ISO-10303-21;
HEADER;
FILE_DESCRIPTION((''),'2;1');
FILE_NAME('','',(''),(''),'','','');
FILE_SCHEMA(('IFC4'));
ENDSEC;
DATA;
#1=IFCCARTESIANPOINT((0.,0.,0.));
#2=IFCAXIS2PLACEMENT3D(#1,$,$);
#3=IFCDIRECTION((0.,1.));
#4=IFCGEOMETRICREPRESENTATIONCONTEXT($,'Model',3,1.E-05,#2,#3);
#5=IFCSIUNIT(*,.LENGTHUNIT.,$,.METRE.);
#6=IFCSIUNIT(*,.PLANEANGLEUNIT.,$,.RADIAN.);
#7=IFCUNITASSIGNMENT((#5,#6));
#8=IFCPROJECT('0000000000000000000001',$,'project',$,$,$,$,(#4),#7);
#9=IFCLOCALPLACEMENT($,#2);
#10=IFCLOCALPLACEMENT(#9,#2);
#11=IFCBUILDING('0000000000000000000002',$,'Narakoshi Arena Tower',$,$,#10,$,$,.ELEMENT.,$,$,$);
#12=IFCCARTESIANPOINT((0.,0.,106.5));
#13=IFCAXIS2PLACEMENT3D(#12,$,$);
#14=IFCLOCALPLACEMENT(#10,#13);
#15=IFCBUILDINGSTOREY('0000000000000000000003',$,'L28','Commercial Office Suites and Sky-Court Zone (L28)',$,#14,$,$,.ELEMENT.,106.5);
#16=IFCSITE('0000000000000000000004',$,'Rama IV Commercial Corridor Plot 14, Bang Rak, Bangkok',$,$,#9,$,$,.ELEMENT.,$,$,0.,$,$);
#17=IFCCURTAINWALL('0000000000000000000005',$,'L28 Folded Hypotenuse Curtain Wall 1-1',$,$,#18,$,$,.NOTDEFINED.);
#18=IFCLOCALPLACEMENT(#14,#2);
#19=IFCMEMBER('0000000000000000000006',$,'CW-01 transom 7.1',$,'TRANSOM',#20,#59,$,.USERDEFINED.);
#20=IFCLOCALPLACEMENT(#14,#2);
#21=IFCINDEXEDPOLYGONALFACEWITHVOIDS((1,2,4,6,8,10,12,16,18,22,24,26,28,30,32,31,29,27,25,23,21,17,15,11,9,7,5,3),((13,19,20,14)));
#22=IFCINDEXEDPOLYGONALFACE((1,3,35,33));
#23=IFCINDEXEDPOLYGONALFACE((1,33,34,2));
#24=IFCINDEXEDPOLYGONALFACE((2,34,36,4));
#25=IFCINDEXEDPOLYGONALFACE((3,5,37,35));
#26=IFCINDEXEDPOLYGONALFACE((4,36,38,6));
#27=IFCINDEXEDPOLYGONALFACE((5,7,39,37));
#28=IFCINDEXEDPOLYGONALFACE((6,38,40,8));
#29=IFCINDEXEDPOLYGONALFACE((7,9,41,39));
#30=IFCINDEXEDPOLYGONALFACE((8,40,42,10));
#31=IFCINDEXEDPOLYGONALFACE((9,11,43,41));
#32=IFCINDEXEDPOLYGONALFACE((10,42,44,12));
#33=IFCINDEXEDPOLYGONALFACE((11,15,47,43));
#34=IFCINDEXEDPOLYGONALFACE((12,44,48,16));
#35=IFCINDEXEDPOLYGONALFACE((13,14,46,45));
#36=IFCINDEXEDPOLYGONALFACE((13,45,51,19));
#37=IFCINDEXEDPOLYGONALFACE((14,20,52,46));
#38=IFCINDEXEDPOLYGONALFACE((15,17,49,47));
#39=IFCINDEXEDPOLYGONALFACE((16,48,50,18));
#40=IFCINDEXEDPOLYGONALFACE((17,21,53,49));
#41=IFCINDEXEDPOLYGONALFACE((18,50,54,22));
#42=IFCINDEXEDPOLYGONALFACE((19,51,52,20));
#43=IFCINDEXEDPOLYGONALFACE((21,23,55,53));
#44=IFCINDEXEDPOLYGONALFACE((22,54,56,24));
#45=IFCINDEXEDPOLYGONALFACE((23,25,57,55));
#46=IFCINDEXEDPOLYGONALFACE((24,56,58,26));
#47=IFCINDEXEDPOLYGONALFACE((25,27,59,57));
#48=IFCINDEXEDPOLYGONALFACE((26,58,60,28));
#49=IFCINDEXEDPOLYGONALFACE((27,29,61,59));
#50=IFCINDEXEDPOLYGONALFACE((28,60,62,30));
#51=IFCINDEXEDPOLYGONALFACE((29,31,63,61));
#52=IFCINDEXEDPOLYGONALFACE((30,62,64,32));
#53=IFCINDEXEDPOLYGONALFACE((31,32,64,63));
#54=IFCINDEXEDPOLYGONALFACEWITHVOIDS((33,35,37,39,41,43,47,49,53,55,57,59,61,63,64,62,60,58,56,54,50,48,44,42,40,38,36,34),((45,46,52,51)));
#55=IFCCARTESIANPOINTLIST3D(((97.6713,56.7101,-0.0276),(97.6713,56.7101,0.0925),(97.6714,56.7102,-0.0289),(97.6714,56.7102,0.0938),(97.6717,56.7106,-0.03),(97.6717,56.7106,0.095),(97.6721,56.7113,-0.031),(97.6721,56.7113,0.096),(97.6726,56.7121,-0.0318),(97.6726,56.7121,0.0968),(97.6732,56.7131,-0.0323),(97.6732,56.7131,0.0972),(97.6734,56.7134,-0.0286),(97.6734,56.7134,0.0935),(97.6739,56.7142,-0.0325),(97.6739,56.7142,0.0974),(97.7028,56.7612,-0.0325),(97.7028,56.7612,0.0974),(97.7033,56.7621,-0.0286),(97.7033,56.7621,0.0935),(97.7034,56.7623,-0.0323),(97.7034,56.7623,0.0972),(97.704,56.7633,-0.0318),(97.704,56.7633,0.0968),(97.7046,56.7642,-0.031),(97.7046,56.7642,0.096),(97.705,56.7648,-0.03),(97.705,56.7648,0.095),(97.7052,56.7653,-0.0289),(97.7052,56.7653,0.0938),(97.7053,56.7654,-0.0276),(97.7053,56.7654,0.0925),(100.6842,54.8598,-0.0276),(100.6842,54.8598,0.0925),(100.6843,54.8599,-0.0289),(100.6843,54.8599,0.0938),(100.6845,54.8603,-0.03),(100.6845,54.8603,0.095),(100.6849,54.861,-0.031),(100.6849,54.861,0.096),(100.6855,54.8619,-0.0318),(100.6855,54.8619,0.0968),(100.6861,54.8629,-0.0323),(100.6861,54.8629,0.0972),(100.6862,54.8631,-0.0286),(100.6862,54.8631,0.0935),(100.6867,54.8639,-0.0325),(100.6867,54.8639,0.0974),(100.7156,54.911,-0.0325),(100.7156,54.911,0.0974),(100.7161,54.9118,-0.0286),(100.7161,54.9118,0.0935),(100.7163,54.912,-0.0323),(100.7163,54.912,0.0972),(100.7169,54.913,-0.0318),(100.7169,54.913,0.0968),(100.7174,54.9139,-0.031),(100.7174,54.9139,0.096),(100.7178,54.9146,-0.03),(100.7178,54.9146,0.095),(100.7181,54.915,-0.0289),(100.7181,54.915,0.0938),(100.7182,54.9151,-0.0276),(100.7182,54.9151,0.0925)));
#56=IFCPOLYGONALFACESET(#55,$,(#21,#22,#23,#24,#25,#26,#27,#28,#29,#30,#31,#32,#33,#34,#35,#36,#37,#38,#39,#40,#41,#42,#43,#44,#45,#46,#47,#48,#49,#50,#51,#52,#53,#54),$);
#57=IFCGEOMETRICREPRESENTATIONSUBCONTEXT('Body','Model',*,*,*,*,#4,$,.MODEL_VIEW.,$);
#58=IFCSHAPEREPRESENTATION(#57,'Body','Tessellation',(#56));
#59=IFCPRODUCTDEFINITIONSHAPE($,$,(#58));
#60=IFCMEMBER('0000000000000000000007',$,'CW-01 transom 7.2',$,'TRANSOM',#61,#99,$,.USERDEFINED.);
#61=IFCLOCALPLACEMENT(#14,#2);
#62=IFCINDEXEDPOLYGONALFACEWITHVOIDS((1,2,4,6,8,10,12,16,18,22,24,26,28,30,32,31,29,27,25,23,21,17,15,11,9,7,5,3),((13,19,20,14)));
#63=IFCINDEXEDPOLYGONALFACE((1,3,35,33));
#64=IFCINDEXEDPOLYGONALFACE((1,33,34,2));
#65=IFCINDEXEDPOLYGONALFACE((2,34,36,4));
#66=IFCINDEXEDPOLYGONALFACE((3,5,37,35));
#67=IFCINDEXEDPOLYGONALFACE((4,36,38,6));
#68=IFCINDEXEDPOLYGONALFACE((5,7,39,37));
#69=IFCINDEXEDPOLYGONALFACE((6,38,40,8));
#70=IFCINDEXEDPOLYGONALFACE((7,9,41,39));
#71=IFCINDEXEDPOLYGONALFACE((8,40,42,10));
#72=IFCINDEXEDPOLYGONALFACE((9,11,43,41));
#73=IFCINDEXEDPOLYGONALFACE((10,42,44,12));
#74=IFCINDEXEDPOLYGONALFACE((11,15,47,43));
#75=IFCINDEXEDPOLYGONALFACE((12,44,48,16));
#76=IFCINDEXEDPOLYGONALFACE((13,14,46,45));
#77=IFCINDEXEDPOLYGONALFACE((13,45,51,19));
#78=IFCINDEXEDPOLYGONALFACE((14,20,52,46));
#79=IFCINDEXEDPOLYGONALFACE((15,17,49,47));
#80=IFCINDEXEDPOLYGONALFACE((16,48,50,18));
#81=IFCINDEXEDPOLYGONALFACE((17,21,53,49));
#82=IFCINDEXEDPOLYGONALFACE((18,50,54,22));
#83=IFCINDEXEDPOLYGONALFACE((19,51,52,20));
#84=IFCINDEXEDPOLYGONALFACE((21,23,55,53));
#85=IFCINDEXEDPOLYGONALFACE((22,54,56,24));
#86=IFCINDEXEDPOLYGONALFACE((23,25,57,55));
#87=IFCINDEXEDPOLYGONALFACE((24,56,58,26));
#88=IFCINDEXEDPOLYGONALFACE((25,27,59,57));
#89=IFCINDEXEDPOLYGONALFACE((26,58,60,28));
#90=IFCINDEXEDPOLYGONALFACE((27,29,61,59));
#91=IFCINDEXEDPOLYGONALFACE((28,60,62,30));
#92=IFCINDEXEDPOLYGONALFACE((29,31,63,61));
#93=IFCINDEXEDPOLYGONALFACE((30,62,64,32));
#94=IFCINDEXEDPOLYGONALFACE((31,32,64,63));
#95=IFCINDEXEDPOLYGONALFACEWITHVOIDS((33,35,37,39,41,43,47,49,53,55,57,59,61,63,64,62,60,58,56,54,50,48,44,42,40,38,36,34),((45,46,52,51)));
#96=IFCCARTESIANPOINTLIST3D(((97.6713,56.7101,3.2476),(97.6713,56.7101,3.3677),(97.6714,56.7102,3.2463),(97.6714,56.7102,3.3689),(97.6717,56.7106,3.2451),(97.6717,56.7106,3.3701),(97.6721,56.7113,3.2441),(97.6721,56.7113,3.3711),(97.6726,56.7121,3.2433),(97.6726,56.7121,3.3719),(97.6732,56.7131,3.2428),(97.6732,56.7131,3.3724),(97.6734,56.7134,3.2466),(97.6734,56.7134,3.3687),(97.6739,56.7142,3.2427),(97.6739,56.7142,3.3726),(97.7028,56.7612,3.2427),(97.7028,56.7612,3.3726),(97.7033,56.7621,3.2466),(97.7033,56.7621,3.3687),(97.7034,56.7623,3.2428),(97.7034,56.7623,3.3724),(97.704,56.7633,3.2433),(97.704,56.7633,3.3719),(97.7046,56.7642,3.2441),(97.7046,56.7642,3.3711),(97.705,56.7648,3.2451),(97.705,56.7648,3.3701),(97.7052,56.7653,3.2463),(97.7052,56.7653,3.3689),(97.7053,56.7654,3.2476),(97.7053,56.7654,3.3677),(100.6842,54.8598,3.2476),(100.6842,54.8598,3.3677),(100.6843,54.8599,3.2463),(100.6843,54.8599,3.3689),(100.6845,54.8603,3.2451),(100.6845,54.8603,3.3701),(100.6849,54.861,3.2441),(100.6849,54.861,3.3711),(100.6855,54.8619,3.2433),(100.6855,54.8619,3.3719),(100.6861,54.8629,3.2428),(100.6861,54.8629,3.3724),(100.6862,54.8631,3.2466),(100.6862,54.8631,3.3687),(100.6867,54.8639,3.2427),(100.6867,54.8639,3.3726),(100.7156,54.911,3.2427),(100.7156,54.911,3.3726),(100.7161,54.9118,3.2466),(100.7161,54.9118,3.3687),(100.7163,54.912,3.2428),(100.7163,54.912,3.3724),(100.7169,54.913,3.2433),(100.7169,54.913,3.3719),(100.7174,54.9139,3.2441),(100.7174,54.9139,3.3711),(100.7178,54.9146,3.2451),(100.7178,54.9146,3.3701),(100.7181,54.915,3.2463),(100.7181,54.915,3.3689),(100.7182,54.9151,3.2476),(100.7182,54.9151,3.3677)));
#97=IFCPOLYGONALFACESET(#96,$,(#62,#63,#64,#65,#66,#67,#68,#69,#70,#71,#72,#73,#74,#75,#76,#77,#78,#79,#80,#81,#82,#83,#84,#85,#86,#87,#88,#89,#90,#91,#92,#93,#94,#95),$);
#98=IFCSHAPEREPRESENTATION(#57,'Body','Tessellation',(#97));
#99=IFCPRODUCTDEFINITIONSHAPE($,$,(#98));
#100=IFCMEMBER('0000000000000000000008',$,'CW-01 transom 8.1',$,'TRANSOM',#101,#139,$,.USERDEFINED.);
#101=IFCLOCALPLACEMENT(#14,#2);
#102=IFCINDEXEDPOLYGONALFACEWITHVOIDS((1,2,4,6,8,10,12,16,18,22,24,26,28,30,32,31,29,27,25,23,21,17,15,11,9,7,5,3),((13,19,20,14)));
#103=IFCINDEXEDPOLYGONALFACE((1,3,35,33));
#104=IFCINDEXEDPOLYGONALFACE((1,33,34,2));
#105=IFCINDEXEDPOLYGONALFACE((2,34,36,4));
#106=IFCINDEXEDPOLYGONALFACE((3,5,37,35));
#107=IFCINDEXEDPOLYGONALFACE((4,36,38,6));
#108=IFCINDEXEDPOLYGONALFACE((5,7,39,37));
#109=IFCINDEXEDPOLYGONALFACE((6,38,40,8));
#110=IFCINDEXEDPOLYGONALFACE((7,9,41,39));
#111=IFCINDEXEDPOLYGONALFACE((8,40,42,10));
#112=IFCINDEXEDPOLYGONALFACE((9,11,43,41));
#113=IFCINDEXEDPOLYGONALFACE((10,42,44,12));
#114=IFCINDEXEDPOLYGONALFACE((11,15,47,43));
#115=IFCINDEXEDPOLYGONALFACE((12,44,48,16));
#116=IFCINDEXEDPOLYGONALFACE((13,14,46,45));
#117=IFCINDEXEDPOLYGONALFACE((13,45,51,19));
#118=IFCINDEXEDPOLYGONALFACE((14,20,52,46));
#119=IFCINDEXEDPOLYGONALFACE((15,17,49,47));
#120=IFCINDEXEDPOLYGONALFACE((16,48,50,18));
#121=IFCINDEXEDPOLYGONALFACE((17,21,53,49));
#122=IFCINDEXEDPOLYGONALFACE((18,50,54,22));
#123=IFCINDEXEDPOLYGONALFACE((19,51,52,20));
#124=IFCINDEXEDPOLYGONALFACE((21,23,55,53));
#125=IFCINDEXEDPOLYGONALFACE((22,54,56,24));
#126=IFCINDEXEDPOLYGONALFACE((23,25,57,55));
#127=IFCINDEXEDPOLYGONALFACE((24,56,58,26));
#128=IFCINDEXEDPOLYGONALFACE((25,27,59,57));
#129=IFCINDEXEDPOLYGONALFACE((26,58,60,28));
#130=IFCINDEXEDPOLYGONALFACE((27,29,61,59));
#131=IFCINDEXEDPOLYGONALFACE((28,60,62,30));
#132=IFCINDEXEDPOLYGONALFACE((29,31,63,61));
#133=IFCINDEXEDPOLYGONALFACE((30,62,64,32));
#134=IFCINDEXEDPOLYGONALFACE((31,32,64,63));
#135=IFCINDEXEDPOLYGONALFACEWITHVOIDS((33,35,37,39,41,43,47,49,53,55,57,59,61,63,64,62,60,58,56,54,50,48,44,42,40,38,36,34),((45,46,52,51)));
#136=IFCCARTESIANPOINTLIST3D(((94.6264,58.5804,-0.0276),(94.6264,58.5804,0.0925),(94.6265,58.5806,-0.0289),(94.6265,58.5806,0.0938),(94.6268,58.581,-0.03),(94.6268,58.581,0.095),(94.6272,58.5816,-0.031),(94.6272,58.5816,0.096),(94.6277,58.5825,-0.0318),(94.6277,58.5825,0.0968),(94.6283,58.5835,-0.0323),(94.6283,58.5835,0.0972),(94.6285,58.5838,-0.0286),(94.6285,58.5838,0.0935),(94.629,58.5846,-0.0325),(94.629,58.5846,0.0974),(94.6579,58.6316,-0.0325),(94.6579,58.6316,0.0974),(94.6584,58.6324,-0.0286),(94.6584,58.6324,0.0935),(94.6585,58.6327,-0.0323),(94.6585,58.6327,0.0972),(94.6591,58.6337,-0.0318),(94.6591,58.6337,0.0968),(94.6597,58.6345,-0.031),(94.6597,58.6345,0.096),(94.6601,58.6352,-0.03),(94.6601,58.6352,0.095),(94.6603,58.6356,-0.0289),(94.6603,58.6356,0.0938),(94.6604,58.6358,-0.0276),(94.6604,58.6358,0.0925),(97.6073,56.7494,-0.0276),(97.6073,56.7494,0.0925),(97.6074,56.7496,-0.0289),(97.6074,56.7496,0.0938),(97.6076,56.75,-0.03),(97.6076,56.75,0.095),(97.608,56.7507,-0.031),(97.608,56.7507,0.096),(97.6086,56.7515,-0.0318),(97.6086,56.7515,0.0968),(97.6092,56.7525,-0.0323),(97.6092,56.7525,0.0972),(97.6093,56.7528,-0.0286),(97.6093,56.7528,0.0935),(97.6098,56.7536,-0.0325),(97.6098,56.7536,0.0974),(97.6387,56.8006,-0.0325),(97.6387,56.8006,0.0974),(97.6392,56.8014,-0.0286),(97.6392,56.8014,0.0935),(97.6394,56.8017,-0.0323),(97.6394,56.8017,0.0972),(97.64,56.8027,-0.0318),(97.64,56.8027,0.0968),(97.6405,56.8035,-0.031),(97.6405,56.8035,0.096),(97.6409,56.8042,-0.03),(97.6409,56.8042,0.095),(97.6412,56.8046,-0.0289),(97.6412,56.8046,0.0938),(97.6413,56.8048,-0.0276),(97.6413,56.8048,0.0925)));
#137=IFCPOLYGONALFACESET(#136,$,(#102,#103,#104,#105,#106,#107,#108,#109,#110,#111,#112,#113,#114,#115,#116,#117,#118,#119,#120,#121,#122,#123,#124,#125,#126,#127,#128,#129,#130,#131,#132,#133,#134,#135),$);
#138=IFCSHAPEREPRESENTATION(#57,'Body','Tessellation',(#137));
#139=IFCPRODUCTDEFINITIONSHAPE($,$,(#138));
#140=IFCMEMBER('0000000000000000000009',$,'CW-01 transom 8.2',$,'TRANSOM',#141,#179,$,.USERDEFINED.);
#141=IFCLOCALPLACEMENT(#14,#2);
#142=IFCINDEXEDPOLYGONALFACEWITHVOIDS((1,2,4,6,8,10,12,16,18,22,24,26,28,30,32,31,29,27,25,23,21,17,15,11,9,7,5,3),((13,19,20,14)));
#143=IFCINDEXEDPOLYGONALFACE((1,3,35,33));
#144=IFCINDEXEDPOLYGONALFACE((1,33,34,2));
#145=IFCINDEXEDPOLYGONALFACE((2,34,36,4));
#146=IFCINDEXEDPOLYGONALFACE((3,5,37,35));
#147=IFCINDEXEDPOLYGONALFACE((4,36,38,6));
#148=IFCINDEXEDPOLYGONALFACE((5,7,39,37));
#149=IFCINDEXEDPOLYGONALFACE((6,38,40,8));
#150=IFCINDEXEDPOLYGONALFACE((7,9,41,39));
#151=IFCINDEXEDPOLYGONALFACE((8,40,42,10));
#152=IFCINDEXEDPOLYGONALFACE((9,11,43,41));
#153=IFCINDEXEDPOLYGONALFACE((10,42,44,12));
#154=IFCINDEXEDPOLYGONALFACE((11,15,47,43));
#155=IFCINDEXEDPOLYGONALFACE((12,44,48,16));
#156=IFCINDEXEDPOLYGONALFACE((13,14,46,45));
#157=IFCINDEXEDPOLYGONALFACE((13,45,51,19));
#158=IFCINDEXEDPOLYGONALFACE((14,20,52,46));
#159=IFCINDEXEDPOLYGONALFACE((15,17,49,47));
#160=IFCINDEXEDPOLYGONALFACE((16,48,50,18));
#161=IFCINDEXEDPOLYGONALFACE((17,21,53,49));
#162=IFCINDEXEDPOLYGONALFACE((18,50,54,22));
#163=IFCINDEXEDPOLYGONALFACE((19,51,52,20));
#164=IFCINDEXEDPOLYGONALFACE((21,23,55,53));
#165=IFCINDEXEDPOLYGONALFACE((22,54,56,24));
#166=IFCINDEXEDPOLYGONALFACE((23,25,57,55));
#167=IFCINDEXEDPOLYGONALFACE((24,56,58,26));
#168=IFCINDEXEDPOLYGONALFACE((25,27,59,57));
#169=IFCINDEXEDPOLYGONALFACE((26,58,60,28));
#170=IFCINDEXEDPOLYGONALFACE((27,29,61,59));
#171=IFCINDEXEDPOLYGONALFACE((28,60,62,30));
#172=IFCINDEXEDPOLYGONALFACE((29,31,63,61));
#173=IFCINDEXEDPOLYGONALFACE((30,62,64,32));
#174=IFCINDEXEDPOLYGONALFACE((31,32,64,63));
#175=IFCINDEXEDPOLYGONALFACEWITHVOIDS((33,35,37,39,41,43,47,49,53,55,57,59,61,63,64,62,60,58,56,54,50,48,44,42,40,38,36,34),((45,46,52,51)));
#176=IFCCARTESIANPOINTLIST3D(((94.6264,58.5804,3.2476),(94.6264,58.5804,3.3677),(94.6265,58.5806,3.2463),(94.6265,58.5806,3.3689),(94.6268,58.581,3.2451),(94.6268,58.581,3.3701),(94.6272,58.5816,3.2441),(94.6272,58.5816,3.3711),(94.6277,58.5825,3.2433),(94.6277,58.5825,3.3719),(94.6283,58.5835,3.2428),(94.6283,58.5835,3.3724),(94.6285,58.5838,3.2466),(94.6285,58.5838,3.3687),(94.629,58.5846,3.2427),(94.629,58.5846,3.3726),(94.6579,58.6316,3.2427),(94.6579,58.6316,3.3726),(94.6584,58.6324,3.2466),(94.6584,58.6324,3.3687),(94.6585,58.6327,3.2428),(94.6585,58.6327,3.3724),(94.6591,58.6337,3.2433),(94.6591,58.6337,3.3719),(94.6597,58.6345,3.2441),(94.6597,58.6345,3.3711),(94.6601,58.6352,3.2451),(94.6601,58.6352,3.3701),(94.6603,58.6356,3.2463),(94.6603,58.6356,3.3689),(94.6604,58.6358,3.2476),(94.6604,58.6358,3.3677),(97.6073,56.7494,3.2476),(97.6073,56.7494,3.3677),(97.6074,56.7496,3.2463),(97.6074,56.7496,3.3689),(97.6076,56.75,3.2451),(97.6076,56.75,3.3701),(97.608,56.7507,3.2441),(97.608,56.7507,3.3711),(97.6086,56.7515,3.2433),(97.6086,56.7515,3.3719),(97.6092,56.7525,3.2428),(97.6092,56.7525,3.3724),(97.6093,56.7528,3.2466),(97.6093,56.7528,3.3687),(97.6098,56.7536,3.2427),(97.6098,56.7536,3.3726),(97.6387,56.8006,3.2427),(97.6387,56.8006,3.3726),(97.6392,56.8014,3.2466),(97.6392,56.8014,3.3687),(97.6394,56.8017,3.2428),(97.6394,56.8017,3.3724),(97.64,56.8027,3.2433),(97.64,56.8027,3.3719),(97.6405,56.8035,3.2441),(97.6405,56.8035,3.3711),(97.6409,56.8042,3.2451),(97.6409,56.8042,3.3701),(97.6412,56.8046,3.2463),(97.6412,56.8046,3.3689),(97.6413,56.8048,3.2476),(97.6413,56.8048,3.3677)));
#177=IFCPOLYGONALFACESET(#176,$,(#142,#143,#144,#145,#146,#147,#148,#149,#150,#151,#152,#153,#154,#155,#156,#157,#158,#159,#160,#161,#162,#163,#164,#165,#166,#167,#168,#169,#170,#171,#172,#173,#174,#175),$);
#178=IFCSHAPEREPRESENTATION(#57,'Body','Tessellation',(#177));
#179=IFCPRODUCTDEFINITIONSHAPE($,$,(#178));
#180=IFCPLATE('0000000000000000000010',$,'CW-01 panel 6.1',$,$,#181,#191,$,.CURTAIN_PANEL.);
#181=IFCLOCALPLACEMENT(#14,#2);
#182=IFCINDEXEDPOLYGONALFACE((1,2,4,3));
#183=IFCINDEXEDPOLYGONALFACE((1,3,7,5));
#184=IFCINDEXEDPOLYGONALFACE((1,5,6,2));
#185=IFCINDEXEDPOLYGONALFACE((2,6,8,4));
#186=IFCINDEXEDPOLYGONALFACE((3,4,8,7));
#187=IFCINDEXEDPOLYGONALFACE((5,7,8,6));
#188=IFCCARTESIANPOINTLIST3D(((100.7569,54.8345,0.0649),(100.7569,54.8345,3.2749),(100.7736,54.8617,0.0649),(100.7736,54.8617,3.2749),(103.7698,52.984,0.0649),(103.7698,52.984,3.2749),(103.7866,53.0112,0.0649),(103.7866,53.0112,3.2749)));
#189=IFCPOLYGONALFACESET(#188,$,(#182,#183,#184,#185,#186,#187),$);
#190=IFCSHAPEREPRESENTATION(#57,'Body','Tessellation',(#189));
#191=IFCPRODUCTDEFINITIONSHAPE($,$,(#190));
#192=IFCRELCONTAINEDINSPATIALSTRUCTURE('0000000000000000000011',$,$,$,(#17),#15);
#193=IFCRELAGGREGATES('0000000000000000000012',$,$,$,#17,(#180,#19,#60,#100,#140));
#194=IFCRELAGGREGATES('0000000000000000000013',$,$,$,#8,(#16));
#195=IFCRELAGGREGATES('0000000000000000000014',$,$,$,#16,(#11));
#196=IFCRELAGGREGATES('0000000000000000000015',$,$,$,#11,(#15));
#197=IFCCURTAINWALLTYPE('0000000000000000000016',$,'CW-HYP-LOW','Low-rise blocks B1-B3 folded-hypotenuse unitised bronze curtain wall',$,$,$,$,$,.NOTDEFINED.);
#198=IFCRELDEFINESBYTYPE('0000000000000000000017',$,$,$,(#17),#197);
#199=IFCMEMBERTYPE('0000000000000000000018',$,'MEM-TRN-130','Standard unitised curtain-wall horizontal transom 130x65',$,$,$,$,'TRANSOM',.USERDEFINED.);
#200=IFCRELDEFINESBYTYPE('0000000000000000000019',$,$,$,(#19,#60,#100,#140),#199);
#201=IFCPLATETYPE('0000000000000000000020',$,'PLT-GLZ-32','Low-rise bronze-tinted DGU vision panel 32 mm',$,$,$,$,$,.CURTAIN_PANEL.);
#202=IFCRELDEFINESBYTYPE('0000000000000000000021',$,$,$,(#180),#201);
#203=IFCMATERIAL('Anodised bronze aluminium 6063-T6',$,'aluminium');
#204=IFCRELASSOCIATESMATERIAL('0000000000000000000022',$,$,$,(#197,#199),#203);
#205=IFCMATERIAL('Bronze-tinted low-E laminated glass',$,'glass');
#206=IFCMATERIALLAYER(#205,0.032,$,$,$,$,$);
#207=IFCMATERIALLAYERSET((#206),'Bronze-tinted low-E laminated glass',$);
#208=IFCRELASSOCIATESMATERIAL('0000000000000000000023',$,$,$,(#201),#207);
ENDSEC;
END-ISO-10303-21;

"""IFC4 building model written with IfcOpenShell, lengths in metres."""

from ifc_helpers import new_model, si_unit, direction, frame, origin, origin_2d, place, context, subcontext, project, spatial, rectangle, hollow_rectangle, extrude, material, layer, layer_set, material_profile, profile_set, type_object, element, aggregate, save


model = new_model("IFC4")

# Units and contexts
model_context = context("Model", 3, precision=1e-05, world=origin(), true_north=direction((0.0, 1.0)))
body_context = subcontext(model_context, "Body", "Model", "MODEL_VIEW")
ifc_project = project(units=[si_unit("LENGTHUNIT", "METRE"), si_unit("PLANEANGLEUNIT", "RADIAN")], contexts=[model_context])

# Site, building, storey
site_placement = place(None, origin())
site = spatial("IfcSite", under=ifc_project, at=site_placement, Name="Rama IV Commercial Corridor Plot 14, Bang Rak, Bangkok", CompositionType="ELEMENT", RefElevation=0.0)
building_placement = place(site_placement, origin())
building = spatial("IfcBuilding", under=site, at=building_placement, Name="Narakoshi Arena Tower", CompositionType="ELEMENT")
storey_placement = place(building_placement, frame((0.0, 0.0, 106.5)))
storey = spatial("IfcBuildingStorey", under=building, at=storey_placement, Name="L28", Description="Commercial Office Suites and Sky-Court Zone (L28)", CompositionType="ELEMENT", Elevation=106.5)

# Curtain wall, members, plate
ifc_material_1 = material(Name="Anodised bronze aluminium 6063-T6", Category="aluminium")
curtain_wall_type = type_object("IfcCurtainWallType", Name="CW-HYP-LOW", Description="Low-rise blocks B1-B3 folded-hypotenuse unitised bronze curtain wall", PredefinedType="NOTDEFINED", material=ifc_material_1)
curtain_wall_placement = place(storey_placement, origin())
curtain_wall = element("IfcCurtainWall", 1, at=curtain_wall_placement, inside=storey, type_object=curtain_wall_type, Name="L28 Folded Hypotenuse Curtain Wall 1-1", PredefinedType="NOTDEFINED")
ifc_material_profile_1 = material_profile(ifc_material_1, hollow_rectangle(XDim=0.0649, YDim=0.1299, WallThickness=0.0039, OuterFilletRadius=0.0049, at=origin_2d()), Name="TRN130x65x4")
ifc_profile_set_1 = profile_set([ifc_material_profile_1], Name="Anodised bronze aluminium 6063-T6")
member_type_1 = type_object("IfcMemberType", Name="MEM-TRN-130", Description="Standard unitised curtain-wall horizontal transom 130x65", ElementType="TRANSOM", PredefinedType="USERDEFINED", material=ifc_profile_set_1)
member_1_placement = place(storey_placement, frame((100.7012, 54.8875, 0.0325), z_axis=(-0.852134, 0.523323, 0.0), x_axis=(-0.523323, -0.852134, 0.0)))
member_1 = element("IfcMember", 2, at=member_1_placement, type_object=member_type_1, Name="CW-01 transom 7.1", ObjectType="TRANSOM", PredefinedType="USERDEFINED", context=body_context, shape_type="SweptSolid", body=[
    extrude(hollow_rectangle(XDim=0.0649, YDim=0.1299, WallThickness=0.0039, OuterFilletRadius=0.0049, at=origin_2d()), origin(), (0.0, 0.0, 1.0), 3.5356),
])
member_2_placement = place(storey_placement, frame((100.7012, 54.8875, 3.3076), z_axis=(-0.852134, 0.523323, 0.0), x_axis=(-0.523323, -0.852134, 0.0)))
member_2 = element("IfcMember", 3, at=member_2_placement, type_object=member_type_1, Name="CW-01 transom 7.2", ObjectType="TRANSOM", PredefinedType="USERDEFINED", context=body_context, shape_type="SweptSolid", body=[
    extrude(hollow_rectangle(XDim=0.0649, YDim=0.1299, WallThickness=0.0039, OuterFilletRadius=0.0049, at=origin_2d()), origin(), (0.0, 0.0, 1.0), 3.5356),
])
member_3_placement = place(storey_placement, frame((97.6243, 56.7771, 0.0325), z_axis=(-0.852089, 0.523396, 0.0), x_axis=(-0.523396, -0.852089, 0.0)))
member_3 = element("IfcMember", 4, at=member_3_placement, type_object=member_type_1, Name="CW-01 transom 8.1", ObjectType="TRANSOM", PredefinedType="USERDEFINED", context=body_context, shape_type="SweptSolid", body=[
    extrude(hollow_rectangle(XDim=0.0649, YDim=0.1299, WallThickness=0.0039, OuterFilletRadius=0.0049, at=origin_2d()), origin(), (0.0, 0.0, 1.0), 3.4983),
])
member_4_placement = place(storey_placement, frame((97.6243, 56.7771, 3.3076), z_axis=(-0.852089, 0.523396, 0.0), x_axis=(-0.523396, -0.852089, 0.0)))
member_4 = element("IfcMember", 5, at=member_4_placement, type_object=member_type_1, Name="CW-01 transom 8.2", ObjectType="TRANSOM", PredefinedType="USERDEFINED", context=body_context, shape_type="SweptSolid", body=[
    extrude(hollow_rectangle(XDim=0.0649, YDim=0.1299, WallThickness=0.0039, OuterFilletRadius=0.0049, at=origin_2d()), origin(), (0.0, 0.0, 1.0), 3.4983),
])
ifc_material_2 = material(Name="Bronze-tinted low-E laminated glass", Category="glass")
ifc_layer_1 = layer(ifc_material_2, 0.032)
ifc_layer_set_1 = layer_set([ifc_layer_1], Name="Bronze-tinted low-E laminated glass")
plate_type = type_object("IfcPlateType", Name="PLT-GLZ-32", Description="Low-rise bronze-tinted DGU vision panel 32 mm", PredefinedType="CURTAIN_PANEL", material=ifc_layer_set_1)
plate_1_placement = place(storey_placement, frame((102.2717, 53.9229, 0.0649), z_axis=(0.0, 0.0, 1.0), x_axis=(-0.852113, 0.523358, 0.0)))
plate_1 = element("IfcPlate", 6, at=plate_1_placement, type_object=plate_type, Name="CW-01 panel 6.1", PredefinedType="CURTAIN_PANEL", context=body_context, shape_type="SweptSolid", body=[
    extrude(rectangle(XDim=3.5359, YDim=0.032, at=origin_2d()), origin(), (0.0, 0.0, 1.0), 3.21),
])
aggregate(curtain_wall, [plate_1, member_1, member_2, member_3, member_4])

save(model, "model.ifc")
